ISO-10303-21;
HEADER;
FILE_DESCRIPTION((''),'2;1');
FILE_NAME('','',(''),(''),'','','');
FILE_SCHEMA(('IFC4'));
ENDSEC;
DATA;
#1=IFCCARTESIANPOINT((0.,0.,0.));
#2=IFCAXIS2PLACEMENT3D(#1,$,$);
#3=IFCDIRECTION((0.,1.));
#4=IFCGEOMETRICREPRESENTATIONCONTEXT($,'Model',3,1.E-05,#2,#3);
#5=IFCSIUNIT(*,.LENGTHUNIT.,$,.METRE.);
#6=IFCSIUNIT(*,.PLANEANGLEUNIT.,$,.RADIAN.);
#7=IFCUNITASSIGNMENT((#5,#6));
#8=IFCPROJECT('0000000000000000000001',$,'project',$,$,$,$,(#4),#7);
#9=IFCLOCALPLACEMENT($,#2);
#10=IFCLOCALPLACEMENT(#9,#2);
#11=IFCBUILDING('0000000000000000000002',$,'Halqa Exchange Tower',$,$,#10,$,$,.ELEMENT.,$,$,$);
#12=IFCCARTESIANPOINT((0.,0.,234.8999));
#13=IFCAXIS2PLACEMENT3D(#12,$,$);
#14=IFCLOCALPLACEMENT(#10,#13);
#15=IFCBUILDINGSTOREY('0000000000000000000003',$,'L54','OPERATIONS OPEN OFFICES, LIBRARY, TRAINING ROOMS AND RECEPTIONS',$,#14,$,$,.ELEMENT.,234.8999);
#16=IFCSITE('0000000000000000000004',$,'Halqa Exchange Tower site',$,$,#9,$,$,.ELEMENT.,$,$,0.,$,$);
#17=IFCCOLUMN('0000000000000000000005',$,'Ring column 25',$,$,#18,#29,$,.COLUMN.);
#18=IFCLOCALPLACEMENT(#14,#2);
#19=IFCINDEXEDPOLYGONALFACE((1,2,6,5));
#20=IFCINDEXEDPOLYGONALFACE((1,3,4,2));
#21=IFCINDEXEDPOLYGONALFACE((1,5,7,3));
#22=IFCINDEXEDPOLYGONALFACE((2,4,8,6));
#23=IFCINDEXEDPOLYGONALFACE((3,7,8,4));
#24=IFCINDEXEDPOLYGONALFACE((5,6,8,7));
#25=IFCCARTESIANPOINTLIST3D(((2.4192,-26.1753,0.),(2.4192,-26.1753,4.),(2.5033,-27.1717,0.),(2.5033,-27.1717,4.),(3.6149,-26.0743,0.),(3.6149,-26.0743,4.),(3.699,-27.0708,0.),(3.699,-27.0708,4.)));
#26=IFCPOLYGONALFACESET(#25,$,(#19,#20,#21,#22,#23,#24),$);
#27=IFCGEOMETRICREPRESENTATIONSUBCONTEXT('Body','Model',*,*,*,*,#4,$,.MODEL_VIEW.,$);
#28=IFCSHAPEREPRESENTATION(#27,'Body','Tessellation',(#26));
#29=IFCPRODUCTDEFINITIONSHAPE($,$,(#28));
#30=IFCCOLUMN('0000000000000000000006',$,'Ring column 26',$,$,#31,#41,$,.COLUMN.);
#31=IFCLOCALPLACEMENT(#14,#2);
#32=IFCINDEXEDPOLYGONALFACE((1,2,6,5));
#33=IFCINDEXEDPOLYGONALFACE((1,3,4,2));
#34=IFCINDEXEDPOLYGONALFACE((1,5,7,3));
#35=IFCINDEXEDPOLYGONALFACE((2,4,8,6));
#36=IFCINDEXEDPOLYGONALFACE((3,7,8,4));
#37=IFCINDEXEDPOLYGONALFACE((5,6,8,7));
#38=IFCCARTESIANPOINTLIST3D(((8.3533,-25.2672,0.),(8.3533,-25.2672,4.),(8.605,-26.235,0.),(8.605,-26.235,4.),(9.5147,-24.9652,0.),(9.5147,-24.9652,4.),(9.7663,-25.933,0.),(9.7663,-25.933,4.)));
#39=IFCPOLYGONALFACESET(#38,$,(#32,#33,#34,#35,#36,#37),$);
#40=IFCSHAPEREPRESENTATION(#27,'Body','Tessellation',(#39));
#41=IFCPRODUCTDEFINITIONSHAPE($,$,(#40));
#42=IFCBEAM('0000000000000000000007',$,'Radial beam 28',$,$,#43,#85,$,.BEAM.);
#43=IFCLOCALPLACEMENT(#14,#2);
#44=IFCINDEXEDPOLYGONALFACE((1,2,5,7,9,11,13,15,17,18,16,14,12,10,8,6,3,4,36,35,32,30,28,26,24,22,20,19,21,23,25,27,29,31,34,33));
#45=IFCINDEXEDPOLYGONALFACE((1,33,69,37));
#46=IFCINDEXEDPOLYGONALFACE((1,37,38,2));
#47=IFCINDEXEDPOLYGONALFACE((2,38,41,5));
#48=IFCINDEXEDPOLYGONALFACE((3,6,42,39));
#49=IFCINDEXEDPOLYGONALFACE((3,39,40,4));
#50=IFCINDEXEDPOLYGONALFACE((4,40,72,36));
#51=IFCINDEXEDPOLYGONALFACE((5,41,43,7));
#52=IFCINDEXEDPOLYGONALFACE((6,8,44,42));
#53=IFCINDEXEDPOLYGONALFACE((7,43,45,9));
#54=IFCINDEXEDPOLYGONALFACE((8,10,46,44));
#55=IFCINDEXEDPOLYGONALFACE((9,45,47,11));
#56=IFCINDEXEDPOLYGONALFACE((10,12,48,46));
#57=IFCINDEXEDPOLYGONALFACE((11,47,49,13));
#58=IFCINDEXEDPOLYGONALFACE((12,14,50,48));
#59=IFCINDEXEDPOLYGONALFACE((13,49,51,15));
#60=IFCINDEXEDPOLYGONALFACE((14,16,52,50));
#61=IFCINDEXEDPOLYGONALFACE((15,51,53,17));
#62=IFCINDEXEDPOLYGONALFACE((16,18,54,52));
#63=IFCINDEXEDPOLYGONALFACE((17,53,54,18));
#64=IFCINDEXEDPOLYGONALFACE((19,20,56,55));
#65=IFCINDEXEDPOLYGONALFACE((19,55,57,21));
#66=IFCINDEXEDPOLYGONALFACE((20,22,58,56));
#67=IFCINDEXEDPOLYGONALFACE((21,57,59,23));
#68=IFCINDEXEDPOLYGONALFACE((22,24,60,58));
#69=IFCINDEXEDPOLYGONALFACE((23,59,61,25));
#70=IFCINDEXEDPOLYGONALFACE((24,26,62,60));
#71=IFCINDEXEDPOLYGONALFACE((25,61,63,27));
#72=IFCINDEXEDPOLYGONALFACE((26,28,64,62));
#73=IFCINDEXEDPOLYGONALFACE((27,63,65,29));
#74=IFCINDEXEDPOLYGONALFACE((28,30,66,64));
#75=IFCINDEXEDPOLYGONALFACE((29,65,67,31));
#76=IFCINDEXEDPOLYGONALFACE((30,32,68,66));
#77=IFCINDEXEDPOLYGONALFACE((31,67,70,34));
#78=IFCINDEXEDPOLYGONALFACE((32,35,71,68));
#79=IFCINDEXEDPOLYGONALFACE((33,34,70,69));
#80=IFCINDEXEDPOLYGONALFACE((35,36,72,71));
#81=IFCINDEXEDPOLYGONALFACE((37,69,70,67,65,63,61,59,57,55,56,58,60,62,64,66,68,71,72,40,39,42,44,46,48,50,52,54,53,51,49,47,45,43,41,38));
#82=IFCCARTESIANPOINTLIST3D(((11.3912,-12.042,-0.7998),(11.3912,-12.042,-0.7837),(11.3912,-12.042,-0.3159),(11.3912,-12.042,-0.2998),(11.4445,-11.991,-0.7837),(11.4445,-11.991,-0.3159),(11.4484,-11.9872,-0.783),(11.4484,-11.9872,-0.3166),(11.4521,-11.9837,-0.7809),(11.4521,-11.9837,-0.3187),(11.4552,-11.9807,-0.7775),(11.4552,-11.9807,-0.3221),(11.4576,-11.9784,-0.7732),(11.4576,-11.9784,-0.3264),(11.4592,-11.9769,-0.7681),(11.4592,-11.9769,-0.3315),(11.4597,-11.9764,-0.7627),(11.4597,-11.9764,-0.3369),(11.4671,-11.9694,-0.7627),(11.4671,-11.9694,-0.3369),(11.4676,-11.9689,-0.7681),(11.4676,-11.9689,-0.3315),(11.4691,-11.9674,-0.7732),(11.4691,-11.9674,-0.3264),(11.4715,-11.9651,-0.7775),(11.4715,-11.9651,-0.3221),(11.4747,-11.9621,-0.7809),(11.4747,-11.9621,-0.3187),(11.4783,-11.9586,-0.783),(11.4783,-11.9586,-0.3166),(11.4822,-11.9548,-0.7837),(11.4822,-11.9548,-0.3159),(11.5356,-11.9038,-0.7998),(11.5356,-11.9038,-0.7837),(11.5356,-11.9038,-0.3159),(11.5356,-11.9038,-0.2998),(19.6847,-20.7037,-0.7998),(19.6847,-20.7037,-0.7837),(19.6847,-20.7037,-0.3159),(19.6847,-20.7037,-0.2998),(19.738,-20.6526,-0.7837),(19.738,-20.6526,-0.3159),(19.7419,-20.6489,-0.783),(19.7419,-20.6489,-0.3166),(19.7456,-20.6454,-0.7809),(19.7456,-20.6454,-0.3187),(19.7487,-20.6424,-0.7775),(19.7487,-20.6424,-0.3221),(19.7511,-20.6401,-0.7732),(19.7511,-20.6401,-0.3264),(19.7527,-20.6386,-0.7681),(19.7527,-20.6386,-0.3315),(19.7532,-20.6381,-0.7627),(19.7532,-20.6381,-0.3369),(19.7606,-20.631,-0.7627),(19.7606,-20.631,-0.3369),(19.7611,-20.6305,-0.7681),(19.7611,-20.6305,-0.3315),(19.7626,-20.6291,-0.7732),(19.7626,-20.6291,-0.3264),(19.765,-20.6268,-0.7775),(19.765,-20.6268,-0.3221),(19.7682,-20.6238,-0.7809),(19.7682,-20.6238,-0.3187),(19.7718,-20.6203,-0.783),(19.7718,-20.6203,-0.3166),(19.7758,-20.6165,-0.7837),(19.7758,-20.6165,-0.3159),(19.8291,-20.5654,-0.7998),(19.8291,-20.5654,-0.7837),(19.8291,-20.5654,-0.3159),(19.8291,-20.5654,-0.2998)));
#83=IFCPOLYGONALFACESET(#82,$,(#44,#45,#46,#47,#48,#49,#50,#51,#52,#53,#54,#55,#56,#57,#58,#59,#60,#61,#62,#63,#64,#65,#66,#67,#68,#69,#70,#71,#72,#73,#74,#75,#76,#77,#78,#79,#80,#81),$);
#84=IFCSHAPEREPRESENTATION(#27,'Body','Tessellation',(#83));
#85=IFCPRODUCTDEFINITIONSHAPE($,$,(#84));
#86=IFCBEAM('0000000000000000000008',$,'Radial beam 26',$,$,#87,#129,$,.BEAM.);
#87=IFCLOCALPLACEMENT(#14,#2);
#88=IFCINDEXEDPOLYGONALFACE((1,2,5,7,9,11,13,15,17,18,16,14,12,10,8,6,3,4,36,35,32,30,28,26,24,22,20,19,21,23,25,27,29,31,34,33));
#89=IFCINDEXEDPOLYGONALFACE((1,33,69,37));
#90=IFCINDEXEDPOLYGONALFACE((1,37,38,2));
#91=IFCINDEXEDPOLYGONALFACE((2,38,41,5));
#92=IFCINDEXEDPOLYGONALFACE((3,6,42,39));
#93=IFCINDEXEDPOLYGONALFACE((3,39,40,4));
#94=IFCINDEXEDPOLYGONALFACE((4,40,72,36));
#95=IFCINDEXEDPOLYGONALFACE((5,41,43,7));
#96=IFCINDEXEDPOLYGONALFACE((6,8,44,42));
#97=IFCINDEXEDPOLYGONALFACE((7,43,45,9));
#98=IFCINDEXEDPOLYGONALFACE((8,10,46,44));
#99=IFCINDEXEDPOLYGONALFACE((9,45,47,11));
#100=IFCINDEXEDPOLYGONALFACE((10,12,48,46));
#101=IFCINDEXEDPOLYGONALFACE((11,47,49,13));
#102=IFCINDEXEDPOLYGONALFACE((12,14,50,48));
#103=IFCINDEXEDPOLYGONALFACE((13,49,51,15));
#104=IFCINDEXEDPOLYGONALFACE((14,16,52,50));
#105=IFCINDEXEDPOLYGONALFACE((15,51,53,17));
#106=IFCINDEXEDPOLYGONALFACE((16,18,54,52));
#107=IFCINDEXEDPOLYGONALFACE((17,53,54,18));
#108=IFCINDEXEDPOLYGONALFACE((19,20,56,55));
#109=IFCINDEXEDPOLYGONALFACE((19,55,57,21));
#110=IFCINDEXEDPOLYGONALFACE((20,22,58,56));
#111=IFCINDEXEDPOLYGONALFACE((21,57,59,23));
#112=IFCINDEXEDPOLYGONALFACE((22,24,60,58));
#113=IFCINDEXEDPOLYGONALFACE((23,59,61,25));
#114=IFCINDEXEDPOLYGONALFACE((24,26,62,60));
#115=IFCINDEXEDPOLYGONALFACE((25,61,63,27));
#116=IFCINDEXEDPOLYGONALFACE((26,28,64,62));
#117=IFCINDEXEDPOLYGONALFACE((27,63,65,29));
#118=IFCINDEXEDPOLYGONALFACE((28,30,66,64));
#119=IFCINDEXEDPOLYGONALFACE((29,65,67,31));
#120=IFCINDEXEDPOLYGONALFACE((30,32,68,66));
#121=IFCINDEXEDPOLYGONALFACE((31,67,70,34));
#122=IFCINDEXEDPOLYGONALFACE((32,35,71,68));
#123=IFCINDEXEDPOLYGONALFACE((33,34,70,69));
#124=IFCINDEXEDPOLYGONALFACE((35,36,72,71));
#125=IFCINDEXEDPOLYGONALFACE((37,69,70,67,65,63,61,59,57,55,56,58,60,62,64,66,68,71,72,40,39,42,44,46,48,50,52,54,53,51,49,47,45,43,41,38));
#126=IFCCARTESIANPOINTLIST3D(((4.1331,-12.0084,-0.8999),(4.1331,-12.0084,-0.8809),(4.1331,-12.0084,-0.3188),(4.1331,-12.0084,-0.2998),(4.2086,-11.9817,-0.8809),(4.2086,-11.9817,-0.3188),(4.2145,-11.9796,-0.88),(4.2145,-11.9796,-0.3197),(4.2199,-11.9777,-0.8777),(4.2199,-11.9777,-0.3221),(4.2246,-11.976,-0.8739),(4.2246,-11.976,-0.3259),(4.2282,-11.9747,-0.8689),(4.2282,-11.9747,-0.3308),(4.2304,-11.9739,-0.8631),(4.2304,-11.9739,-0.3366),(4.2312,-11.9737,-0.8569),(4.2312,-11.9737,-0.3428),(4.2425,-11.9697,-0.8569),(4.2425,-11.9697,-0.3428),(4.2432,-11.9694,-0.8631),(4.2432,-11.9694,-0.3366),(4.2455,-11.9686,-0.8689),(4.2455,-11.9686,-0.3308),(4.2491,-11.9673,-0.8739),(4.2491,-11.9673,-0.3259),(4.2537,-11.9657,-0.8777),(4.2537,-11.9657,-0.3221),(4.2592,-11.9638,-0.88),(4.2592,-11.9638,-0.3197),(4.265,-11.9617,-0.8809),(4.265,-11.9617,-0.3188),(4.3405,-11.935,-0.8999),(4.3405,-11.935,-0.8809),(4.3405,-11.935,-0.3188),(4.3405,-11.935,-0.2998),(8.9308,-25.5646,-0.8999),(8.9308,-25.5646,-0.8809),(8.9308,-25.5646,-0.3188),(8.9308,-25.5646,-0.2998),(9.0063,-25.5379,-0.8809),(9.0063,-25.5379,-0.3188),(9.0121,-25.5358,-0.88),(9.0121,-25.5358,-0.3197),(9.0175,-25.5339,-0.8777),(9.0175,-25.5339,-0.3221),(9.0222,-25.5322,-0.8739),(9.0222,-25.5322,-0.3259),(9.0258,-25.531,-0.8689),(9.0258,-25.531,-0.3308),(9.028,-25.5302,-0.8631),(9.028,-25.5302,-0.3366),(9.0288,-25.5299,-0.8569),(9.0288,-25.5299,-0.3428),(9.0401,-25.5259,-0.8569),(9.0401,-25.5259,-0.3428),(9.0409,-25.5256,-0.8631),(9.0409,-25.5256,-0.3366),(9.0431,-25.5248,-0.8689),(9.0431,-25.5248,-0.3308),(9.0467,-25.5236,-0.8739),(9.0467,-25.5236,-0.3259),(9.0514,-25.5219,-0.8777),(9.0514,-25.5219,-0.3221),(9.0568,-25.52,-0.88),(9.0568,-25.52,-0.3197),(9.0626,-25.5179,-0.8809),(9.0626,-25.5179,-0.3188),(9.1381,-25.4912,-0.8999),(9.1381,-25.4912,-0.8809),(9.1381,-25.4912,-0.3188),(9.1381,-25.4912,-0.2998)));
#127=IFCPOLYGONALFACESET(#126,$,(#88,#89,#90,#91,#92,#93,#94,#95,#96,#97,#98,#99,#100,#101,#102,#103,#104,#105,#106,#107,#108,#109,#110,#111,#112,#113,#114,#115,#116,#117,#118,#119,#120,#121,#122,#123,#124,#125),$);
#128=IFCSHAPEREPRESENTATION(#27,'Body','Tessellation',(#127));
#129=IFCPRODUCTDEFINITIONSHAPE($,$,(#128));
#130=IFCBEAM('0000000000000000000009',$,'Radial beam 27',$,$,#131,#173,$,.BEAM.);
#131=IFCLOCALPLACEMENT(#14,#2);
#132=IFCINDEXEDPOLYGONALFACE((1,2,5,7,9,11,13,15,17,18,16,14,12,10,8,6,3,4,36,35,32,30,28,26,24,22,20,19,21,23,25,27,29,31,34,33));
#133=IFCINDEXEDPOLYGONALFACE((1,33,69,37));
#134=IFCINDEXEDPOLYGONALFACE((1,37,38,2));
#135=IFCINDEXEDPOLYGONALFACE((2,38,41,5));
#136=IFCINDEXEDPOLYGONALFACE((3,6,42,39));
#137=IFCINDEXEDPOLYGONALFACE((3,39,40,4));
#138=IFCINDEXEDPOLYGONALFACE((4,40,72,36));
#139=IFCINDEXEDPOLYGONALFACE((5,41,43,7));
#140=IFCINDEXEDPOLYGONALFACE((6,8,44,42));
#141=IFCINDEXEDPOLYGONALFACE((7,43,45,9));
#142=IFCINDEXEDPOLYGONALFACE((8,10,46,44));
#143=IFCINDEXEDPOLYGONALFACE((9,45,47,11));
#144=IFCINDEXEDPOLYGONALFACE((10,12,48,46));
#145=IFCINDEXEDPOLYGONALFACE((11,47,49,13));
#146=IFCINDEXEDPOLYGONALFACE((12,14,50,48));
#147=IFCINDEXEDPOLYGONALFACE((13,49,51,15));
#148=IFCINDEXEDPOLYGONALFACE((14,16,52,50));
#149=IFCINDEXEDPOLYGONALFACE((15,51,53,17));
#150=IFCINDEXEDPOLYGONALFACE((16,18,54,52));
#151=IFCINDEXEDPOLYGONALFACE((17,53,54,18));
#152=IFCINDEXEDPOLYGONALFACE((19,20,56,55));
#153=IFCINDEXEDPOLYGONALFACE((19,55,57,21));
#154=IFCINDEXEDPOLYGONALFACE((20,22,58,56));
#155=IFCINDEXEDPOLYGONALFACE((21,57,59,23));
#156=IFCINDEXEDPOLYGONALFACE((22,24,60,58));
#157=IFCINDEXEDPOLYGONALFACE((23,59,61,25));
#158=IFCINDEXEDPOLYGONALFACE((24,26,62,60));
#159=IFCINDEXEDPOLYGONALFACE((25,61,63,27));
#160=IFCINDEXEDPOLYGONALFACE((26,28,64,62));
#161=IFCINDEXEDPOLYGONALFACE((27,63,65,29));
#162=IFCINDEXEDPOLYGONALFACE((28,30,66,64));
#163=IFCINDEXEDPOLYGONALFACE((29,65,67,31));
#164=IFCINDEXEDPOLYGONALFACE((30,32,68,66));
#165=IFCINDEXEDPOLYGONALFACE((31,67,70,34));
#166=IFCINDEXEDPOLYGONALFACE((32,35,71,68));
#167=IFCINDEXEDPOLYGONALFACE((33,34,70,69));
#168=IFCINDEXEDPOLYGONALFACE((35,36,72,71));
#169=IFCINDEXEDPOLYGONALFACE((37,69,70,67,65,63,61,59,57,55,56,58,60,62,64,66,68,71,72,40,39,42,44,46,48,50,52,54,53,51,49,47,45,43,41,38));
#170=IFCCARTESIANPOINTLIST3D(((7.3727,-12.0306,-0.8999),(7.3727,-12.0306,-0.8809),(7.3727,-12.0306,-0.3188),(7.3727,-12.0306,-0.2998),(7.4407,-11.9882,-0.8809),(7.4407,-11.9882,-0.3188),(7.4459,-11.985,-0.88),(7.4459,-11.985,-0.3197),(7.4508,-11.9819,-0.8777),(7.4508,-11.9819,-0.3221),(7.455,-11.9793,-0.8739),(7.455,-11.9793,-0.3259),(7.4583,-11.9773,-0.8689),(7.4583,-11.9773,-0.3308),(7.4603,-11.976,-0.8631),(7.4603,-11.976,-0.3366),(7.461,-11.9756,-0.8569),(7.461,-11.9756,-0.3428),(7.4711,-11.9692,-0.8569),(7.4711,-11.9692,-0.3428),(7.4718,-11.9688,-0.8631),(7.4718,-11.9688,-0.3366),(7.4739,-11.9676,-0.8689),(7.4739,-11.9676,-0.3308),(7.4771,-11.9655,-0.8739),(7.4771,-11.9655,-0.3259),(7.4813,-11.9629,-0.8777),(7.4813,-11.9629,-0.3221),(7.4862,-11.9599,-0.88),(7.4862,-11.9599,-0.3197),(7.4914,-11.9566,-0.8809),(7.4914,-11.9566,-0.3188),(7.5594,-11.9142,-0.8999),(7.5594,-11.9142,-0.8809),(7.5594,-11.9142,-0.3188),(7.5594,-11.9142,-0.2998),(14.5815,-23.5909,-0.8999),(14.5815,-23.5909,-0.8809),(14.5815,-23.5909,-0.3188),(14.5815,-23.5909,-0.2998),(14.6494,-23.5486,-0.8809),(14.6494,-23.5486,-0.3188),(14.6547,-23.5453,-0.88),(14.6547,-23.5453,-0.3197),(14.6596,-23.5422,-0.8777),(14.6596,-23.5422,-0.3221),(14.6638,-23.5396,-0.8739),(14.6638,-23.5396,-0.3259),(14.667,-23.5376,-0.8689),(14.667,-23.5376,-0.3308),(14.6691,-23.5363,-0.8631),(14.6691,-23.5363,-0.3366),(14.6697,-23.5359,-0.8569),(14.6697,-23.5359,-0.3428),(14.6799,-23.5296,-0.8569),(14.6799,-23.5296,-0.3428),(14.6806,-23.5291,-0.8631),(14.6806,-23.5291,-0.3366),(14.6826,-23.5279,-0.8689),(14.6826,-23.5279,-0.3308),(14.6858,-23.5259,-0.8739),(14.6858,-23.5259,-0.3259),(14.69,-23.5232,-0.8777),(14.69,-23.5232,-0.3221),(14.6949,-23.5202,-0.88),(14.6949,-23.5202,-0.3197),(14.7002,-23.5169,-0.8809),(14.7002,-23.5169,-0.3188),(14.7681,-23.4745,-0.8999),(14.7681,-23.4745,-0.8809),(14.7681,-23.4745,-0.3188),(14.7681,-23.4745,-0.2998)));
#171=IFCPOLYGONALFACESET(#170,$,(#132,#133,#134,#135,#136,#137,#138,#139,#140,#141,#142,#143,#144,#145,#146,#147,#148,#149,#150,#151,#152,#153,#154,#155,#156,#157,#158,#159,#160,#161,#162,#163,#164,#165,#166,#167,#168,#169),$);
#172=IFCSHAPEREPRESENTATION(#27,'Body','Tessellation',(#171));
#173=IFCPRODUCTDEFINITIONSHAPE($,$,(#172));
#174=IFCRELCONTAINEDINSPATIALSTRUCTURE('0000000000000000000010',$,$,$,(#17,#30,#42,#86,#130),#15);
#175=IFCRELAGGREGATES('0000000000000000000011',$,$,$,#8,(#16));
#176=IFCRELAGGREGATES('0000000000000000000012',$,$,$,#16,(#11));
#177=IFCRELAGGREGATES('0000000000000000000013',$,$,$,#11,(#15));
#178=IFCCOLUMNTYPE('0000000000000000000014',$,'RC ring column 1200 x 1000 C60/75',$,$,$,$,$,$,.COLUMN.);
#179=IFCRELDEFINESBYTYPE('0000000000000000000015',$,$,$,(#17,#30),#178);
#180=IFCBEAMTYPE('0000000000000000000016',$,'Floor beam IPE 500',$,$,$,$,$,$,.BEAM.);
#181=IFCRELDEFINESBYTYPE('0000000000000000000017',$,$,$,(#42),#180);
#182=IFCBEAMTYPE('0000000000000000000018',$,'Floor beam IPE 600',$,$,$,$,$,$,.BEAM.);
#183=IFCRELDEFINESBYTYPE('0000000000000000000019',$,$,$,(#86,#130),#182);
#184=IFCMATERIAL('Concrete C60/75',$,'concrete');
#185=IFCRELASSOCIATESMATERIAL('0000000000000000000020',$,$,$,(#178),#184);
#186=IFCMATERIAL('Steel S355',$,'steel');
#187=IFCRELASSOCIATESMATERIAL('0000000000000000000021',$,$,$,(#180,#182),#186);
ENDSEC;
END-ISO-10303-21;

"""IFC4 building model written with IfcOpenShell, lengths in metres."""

from ifc_helpers import new_model, si_unit, direction, frame, origin, origin_2d, place, context, subcontext, project, spatial, rectangle, i_section, extrude, material, material_profile, profile_set, type_object, element, save


model = new_model("IFC4")

# Units and contexts
model_context = context("Model", 3, precision=1e-05, world=origin(), true_north=direction((0.0, 1.0)))
body_context = subcontext(model_context, "Body", "Model", "MODEL_VIEW")
ifc_project = project(units=[si_unit("LENGTHUNIT", "METRE"), si_unit("PLANEANGLEUNIT", "RADIAN")], contexts=[model_context])

# Site, building, storey
site_placement = place(None, origin())
site = spatial("IfcSite", under=ifc_project, at=site_placement, Name="Halqa Exchange Tower site", CompositionType="ELEMENT", RefElevation=0.0)
building_placement = place(site_placement, origin())
building = spatial("IfcBuilding", under=site, at=building_placement, Name="Halqa Exchange Tower", CompositionType="ELEMENT")
storey_placement = place(building_placement, frame((0.0, 0.0, 234.8999)))
storey = spatial("IfcBuildingStorey", under=building, at=storey_placement, Name="L54", Description="OPERATIONS OPEN OFFICES, LIBRARY, TRAINING ROOMS AND RECEPTIONS", CompositionType="ELEMENT", Elevation=234.8999)

# Columns
ifc_material_1 = material(Name="Concrete C60/75", Category="concrete")
ifc_material_profile_1 = material_profile(ifc_material_1, rectangle(XDim=1.2, YDim=1.0, at=origin_2d()), Name="1200 x 1000")
ifc_profile_set_1 = profile_set([ifc_material_profile_1], Name="Concrete C60/75")
column_type = type_object("IfcColumnType", Name="RC ring column 1200 x 1000 C60/75", PredefinedType="COLUMN", material=ifc_profile_set_1)
for number, where, z_axis, x_axis, name in (
    (1, (3.0591, -26.623, 0.0), (0.0, 0.0, 1.0), (0.996456, 0.084121, 0.0), "Ring column 25"),
    (2, (9.0598, -25.6001, 0.0), (0.0, 0.0, 1.0), (0.96782, 0.251645, 0.0), "Ring column 26"),
):
    element("IfcColumn", number, at=place(storey_placement, frame(where, z_axis=z_axis, x_axis=x_axis)), inside=storey, type_object=column_type, Name=name, PredefinedType="COLUMN", context=body_context, shape_type="SweptSolid", body=[
        extrude(rectangle(XDim=1.2, YDim=1.0, at=origin_2d()), origin(), (0.0, 0.0, 1.0), 4.0),
    ])

# Beams
ifc_material_2 = material(Name="Steel S355", Category="steel")
ifc_material_profile_2 = material_profile(ifc_material_2, i_section(OverallWidth=0.2, OverallDepth=0.5, WebThickness=0.0103, FlangeThickness=0.0161, FilletRadius=0.021, at=origin_2d()), Name="IPE 500")
ifc_profile_set_2 = profile_set([ifc_material_profile_2], Name="Steel S355")
beam_type_1 = type_object("IfcBeamType", Name="Floor beam IPE 500", PredefinedType="BEAM", material=ifc_profile_set_2)
beam_1_placement = place(storey_placement, frame((11.4634, -11.9729, -0.5498), z_axis=(0.69159, -0.722291, 0.0), x_axis=(0.722291, 0.69159, 0.0)))
element("IfcBeam", 3, at=beam_1_placement, inside=storey, type_object=beam_type_1, Name="Radial beam 28", PredefinedType="BEAM", context=body_context, shape_type="SweptSolid", body=[
    extrude(i_section(OverallWidth=0.2, OverallDepth=0.5, WebThickness=0.0103, FlangeThickness=0.0161, FilletRadius=0.021, at=origin_2d()), origin(), (0.0, 0.0, 1.0), 11.9919),
])
ifc_material_profile_3 = material_profile(ifc_material_2, i_section(OverallWidth=0.22, OverallDepth=0.6001, WebThickness=0.012, FlangeThickness=0.019, FilletRadius=0.0239, at=origin_2d()), Name="IPE 600")
ifc_profile_set_3 = profile_set([ifc_material_profile_3], Name="Steel S355")
beam_type_2 = type_object("IfcBeamType", Name="Floor beam IPE 600", PredefinedType="BEAM", material=ifc_profile_set_3)
beam_2_placement = place(storey_placement, frame((4.2368, -11.9717, -0.5999), z_axis=(0.333629, -0.942704, 0.0), x_axis=(0.942704, 0.333629, 0.0)))
element("IfcBeam", 4, at=beam_2_placement, inside=storey, type_object=beam_type_2, Name="Radial beam 26", PredefinedType="BEAM", context=body_context, shape_type="SweptSolid", body=[
    extrude(i_section(OverallWidth=0.22, OverallDepth=0.6001, WebThickness=0.012, FlangeThickness=0.019, FilletRadius=0.0239, at=origin_2d()), origin(), (0.0, 0.0, 1.0), 14.3801),
])
beam_3_placement = place(storey_placement, frame((7.4661, -11.9724, -0.5999), z_axis=(0.52913, -0.848541, 0.0), x_axis=(0.848541, 0.52913, 0.0)))
element("IfcBeam", 5, at=beam_3_placement, inside=storey, type_object=beam_type_2, Name="Radial beam 27", PredefinedType="BEAM", context=body_context, shape_type="SweptSolid", body=[
    extrude(i_section(OverallWidth=0.22, OverallDepth=0.6001, WebThickness=0.012, FlangeThickness=0.019, FilletRadius=0.0239, at=origin_2d()), origin(), (0.0, 0.0, 1.0), 13.6238),
])

save(model, "model.ifc")
